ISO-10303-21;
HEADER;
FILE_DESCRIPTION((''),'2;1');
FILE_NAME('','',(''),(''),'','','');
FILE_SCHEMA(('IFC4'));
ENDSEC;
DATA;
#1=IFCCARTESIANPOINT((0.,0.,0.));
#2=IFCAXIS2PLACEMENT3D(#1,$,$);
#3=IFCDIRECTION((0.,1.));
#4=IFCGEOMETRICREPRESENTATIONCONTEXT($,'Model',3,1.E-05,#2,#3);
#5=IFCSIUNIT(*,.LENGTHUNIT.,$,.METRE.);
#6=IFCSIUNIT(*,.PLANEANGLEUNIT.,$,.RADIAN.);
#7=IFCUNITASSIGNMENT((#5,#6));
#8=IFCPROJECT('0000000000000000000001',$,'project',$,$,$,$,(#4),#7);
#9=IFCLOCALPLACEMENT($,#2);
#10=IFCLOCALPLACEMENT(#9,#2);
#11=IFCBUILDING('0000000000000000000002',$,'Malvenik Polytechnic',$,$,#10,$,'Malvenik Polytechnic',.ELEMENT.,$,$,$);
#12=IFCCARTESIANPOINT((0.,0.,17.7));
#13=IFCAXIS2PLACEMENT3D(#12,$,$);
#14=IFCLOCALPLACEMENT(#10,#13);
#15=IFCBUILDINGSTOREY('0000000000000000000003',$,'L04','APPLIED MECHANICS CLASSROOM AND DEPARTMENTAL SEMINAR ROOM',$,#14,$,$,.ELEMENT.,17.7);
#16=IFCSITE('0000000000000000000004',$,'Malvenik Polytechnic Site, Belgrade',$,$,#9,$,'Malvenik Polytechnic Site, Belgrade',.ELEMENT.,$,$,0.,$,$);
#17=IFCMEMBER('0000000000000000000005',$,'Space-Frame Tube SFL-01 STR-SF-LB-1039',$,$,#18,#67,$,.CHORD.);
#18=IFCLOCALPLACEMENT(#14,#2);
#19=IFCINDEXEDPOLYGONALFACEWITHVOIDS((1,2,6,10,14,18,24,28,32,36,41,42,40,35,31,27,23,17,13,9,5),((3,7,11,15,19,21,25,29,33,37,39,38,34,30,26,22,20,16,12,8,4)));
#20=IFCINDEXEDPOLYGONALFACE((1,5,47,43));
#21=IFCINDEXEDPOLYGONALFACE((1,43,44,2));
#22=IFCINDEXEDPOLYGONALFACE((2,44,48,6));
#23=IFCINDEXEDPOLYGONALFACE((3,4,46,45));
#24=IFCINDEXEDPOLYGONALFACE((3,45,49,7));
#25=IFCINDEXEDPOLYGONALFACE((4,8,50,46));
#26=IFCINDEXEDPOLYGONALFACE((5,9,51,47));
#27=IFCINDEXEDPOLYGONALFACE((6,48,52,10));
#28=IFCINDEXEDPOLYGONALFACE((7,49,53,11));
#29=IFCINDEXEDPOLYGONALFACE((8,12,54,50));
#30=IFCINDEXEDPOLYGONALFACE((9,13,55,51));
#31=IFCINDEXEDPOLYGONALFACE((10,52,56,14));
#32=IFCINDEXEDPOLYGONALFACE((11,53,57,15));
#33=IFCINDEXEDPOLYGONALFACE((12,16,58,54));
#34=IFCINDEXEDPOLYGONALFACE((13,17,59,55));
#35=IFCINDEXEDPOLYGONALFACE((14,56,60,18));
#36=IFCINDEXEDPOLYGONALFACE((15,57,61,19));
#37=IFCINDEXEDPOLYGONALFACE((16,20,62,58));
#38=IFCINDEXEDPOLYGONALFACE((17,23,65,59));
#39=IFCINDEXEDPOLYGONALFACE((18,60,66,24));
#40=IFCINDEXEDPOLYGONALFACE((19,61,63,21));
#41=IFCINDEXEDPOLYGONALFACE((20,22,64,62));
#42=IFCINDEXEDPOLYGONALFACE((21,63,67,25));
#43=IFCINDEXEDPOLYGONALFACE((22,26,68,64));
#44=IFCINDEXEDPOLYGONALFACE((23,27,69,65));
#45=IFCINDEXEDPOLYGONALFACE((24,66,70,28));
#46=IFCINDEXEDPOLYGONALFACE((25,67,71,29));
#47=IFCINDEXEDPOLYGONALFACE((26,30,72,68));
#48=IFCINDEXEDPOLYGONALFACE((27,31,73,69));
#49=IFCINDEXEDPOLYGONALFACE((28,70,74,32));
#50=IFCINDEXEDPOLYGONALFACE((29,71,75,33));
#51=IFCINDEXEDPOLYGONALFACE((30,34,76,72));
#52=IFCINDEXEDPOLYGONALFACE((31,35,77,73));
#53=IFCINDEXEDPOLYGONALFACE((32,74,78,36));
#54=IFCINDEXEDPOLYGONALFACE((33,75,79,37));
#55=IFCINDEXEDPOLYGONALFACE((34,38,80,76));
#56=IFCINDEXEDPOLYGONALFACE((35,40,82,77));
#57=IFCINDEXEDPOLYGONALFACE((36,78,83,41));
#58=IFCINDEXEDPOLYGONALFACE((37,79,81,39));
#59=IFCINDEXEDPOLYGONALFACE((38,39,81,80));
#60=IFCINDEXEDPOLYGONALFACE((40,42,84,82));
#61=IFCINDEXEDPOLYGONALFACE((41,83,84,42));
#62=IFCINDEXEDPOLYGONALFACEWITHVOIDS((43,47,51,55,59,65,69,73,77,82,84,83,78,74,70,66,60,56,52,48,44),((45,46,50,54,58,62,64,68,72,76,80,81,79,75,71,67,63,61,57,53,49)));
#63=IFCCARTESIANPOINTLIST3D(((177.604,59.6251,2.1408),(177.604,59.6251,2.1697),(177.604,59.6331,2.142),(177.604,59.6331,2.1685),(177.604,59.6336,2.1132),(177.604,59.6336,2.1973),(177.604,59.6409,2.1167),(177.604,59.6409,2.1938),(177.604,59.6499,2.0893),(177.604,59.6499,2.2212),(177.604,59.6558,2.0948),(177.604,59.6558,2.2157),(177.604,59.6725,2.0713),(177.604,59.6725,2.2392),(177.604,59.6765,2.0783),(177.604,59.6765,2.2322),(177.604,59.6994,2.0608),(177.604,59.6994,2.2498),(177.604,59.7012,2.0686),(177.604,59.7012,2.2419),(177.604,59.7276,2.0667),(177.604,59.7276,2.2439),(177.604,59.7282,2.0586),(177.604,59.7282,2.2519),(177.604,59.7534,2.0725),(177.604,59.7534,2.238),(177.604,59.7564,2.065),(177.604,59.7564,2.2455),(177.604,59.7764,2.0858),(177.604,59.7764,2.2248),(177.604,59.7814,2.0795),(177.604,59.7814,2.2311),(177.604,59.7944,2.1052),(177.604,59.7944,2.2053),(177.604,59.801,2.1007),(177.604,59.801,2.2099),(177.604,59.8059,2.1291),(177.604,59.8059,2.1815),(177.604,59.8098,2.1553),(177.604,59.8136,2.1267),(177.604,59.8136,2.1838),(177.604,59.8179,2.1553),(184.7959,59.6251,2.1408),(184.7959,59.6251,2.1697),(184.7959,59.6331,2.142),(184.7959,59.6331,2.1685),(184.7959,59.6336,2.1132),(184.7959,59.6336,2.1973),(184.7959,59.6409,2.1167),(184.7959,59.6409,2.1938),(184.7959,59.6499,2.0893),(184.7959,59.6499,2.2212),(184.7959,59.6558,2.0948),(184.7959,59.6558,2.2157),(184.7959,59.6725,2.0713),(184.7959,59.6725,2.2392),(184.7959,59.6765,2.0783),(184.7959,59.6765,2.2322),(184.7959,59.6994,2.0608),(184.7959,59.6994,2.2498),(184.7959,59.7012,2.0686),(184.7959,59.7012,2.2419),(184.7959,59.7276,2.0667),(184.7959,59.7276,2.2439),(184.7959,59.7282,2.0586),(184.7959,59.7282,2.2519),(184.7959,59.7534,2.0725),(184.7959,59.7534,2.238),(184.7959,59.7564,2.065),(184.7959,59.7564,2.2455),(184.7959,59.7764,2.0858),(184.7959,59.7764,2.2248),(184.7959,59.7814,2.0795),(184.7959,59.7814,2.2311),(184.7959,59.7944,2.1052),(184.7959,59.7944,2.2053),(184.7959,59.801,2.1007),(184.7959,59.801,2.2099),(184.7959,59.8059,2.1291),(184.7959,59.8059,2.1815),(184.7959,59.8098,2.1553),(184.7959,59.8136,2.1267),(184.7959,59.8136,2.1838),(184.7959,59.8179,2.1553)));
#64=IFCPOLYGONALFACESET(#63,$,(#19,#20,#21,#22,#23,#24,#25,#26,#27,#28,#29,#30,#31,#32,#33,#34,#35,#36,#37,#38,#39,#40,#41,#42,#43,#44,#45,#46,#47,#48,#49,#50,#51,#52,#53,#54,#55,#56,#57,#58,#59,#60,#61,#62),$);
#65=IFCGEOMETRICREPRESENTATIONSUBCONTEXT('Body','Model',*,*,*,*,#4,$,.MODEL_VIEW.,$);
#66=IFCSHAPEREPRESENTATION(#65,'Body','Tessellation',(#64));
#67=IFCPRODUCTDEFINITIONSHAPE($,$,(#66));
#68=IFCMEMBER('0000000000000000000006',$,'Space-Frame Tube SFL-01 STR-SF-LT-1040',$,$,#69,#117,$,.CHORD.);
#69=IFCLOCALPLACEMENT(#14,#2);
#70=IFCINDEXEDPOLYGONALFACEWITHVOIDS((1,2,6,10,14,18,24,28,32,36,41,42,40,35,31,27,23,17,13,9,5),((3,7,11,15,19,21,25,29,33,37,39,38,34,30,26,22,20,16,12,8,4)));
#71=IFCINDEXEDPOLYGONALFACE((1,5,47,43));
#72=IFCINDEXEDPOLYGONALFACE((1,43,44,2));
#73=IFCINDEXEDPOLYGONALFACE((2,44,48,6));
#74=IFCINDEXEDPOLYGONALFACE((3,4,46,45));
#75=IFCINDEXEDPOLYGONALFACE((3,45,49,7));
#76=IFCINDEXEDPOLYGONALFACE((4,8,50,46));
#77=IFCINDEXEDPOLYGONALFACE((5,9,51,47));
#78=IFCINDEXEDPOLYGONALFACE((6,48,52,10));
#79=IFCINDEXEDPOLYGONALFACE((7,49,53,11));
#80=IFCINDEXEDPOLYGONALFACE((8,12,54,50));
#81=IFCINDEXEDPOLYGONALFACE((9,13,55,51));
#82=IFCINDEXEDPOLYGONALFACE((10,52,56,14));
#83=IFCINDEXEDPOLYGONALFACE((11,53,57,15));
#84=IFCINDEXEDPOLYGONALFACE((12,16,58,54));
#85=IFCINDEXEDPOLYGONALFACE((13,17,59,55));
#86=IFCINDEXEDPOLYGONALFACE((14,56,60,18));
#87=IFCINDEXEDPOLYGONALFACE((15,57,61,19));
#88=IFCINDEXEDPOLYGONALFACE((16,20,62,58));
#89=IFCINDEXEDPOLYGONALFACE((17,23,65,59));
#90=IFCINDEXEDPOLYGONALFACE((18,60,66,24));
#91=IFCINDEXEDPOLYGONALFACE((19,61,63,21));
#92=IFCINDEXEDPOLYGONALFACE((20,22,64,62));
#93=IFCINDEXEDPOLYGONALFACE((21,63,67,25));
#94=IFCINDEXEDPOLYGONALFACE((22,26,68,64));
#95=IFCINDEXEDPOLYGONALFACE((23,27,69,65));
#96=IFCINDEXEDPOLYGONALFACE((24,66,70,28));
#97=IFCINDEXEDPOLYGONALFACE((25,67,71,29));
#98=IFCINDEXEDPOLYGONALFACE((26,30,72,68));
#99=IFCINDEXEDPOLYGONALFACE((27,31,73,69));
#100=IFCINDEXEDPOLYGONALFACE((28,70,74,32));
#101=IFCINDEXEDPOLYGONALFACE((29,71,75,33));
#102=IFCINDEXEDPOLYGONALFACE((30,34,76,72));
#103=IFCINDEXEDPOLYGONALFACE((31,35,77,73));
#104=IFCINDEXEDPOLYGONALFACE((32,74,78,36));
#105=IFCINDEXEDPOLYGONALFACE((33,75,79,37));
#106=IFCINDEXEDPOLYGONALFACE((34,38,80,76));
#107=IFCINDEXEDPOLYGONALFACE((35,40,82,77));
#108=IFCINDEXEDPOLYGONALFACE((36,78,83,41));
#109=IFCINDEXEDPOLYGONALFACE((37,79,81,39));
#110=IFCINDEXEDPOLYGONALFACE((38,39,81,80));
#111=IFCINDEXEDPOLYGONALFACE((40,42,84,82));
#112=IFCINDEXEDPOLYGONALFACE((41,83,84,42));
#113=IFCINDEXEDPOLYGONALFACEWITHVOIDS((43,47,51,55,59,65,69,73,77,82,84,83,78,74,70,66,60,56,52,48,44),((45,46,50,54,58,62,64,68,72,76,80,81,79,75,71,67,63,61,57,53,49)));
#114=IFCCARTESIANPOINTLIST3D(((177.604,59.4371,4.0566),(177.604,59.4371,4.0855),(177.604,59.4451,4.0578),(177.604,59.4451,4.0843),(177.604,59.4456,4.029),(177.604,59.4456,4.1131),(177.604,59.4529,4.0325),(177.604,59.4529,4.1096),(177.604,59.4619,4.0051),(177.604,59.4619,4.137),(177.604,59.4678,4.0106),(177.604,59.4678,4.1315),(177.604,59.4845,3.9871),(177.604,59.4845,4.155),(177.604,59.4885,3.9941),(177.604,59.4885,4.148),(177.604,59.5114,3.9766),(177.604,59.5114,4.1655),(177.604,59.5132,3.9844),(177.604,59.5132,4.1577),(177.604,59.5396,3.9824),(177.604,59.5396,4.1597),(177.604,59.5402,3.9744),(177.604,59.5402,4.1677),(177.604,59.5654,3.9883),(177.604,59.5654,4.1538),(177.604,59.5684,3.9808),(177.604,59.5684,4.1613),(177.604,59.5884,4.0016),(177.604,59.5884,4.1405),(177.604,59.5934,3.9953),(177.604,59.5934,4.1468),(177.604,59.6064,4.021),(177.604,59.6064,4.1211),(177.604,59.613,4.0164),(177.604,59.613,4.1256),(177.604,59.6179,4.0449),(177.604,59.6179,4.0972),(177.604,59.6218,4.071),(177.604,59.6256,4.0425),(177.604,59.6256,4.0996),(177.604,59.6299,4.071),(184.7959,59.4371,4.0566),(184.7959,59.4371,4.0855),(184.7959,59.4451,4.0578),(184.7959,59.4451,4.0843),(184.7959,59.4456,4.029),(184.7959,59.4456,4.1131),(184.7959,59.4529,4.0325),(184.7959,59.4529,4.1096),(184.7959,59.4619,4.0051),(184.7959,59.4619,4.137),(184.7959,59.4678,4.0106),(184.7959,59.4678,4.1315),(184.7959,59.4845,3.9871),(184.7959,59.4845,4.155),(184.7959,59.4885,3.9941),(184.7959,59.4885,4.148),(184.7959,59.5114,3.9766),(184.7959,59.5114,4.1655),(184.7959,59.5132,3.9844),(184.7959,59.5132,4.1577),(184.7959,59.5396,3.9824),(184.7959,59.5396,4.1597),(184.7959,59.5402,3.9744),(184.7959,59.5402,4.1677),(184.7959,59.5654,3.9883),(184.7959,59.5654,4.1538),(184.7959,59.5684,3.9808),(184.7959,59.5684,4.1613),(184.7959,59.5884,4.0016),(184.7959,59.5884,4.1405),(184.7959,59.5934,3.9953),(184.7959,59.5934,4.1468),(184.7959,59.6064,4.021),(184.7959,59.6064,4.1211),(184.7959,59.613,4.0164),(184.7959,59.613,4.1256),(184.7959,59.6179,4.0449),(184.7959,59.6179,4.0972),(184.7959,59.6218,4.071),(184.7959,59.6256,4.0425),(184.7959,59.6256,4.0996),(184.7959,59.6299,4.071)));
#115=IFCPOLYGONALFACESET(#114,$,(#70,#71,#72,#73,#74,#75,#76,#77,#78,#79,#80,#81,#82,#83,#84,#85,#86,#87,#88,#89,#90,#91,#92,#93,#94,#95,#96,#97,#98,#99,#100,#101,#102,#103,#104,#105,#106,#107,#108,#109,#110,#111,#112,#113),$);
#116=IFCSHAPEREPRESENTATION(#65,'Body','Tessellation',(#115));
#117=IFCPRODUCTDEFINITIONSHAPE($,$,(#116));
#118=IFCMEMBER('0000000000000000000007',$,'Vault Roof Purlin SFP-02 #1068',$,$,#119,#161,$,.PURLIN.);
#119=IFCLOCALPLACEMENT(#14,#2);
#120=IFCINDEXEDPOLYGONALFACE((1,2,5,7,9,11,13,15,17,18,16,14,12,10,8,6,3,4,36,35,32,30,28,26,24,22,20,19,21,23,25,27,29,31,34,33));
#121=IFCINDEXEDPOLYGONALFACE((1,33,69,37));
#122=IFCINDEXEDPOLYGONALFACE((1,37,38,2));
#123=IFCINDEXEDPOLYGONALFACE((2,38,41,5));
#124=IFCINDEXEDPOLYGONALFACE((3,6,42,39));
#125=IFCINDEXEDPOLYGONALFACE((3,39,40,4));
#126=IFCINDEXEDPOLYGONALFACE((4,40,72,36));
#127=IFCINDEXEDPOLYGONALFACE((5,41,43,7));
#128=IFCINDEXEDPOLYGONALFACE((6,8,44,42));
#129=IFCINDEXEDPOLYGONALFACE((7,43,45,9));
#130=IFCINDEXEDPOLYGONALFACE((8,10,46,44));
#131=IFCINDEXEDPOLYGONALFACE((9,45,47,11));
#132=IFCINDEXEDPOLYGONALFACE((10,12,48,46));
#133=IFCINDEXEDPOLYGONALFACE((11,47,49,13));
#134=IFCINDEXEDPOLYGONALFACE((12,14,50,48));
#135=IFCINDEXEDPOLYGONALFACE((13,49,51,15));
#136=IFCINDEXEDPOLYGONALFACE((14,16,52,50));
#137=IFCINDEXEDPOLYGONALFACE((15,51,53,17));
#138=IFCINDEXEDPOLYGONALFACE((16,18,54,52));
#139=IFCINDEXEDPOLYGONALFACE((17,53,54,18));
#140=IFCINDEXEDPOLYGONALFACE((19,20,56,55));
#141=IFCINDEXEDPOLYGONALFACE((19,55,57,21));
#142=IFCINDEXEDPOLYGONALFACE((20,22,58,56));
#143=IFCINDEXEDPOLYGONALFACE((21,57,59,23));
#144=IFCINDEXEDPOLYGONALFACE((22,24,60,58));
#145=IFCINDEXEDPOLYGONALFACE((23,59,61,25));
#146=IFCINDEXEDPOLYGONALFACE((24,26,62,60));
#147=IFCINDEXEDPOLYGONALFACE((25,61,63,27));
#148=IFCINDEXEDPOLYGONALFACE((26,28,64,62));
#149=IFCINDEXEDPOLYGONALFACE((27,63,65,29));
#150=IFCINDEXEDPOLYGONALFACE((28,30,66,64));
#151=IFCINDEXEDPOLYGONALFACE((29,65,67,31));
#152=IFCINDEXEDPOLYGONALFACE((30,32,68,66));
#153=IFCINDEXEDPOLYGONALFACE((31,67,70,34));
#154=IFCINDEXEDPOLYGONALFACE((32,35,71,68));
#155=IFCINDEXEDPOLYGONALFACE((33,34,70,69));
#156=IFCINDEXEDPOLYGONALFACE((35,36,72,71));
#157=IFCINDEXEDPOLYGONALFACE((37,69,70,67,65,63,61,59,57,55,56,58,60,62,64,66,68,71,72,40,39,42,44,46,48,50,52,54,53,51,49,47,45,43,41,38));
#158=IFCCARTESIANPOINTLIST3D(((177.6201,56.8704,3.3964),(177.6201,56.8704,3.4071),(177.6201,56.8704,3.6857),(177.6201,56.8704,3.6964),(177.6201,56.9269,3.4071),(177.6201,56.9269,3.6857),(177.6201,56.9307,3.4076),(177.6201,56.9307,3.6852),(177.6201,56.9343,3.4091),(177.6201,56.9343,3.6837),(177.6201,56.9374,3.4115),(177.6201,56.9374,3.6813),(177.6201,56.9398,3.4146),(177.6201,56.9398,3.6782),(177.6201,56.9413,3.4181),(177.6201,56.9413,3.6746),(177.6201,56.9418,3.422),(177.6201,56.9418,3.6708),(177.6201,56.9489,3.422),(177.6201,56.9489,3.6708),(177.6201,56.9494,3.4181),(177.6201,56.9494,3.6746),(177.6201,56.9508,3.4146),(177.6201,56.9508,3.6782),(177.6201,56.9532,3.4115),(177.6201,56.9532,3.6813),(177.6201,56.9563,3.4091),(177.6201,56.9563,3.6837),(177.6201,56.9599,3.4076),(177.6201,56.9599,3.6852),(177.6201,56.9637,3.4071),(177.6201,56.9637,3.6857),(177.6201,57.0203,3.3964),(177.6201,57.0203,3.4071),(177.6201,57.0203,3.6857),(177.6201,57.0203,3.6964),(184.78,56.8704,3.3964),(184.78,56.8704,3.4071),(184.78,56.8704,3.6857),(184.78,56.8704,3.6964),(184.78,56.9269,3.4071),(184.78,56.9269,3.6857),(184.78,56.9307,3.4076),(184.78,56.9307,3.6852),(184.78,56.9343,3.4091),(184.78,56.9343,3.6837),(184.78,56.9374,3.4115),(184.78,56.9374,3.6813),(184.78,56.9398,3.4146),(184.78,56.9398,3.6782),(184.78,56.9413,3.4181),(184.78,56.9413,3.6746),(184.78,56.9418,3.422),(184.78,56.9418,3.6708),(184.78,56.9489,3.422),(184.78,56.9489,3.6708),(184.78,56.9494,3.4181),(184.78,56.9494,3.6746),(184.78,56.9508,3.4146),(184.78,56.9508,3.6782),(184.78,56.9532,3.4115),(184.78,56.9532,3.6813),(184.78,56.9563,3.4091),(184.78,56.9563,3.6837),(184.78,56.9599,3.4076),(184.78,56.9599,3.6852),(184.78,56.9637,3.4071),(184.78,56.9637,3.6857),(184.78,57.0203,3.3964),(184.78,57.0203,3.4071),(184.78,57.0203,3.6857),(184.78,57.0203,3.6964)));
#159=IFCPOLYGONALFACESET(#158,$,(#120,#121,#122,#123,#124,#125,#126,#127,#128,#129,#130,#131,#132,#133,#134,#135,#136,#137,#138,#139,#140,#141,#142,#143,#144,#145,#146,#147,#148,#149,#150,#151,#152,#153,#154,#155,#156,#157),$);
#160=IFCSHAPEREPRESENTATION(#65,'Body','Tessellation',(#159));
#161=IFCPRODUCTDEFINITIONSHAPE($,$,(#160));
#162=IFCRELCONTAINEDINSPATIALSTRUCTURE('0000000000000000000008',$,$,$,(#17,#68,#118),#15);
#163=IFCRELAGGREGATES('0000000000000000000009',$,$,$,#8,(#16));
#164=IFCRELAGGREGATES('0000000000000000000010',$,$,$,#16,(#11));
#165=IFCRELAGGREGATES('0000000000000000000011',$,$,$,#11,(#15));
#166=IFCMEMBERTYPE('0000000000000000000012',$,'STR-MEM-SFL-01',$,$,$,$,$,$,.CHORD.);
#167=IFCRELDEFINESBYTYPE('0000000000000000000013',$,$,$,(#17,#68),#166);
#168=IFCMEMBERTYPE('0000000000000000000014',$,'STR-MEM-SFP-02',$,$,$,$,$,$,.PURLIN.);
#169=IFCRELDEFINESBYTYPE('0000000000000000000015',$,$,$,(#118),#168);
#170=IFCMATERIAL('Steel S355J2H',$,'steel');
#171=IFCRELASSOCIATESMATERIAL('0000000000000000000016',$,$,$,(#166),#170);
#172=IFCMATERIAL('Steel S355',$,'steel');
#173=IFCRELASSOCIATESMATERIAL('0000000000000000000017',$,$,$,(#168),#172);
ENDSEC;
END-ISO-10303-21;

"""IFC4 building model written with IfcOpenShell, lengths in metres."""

from ifc_helpers import new_model, si_unit, direction, frame, origin, origin_2d, place, context, subcontext, project, spatial, hollow_circle, i_section, extrude, material, material_profile, profile_set, type_object, element, save


model = new_model("IFC4")

# Units and contexts
model_context = context("Model", 3, precision=1e-05, world=origin(), true_north=direction((0.0, 1.0)))
body_context = subcontext(model_context, "Body", "Model", "MODEL_VIEW")
ifc_project = project(units=[si_unit("LENGTHUNIT", "METRE"), si_unit("PLANEANGLEUNIT", "RADIAN")], contexts=[model_context])

# Site, building, storey
site_placement = place(None, origin())
site = spatial("IfcSite", under=ifc_project, at=site_placement, Name="Malvenik Polytechnic Site, Belgrade", LongName="Malvenik Polytechnic Site, Belgrade", CompositionType="ELEMENT", RefElevation=0.0)
building_placement = place(site_placement, origin())
building = spatial("IfcBuilding", under=site, at=building_placement, Name="Malvenik Polytechnic", LongName="Malvenik Polytechnic", CompositionType="ELEMENT")
storey_placement = place(building_placement, frame((0.0, 0.0, 17.7)))
storey = spatial("IfcBuildingStorey", under=building, at=storey_placement, Name="L04", Description="APPLIED MECHANICS CLASSROOM AND DEPARTMENTAL SEMINAR ROOM", CompositionType="ELEMENT", Elevation=17.7)

# Members
ifc_material_1 = material(Name="Steel S355J2H", Category="steel")
ifc_material_profile_1 = material_profile(ifc_material_1, hollow_circle(Radius=0.0969, WallThickness=0.0081, at=origin_2d()), Name="CHS 193.7x8.0")
ifc_profile_set_1 = profile_set([ifc_material_profile_1], Name="Steel S355J2H")
member_type_1 = type_object("IfcMemberType", Name="STR-MEM-SFL-01", PredefinedType="CHORD", material=ifc_profile_set_1)
for number, where, z_axis, x_axis, name in (
    (1, (177.604, 59.7209, 2.1553), (1.0, 0.0, 0.0), (0.0, 1.0, 0.0), "Space-Frame Tube SFL-01 STR-SF-LB-1039"),
    (2, (177.604, 59.533, 4.071), (1.0, 0.0, 0.0), (0.0, 1.0, 0.0), "Space-Frame Tube SFL-01 STR-SF-LT-1040"),
):
    element("IfcMember", number, at=place(storey_placement, frame(where, z_axis=z_axis, x_axis=x_axis)), inside=storey, type_object=member_type_1, Name=name, PredefinedType="CHORD", context=body_context, shape_type="SweptSolid", body=[
        extrude(hollow_circle(Radius=0.0969, WallThickness=0.0081, at=origin_2d()), origin(), (0.0, 0.0, 1.0), 7.1919),
    ])
ifc_material_2 = material(Name="Steel S355", Category="steel")
ifc_material_profile_2 = material_profile(ifc_material_2, i_section(OverallWidth=0.1499, OverallDepth=0.3, WebThickness=0.0071, FlangeThickness=0.0107, FilletRadius=0.0149, at=origin_2d()), Name="IPE 300")
ifc_profile_set_2 = profile_set([ifc_material_profile_2], Name="Steel S355")
member_type_2 = type_object("IfcMemberType", Name="STR-MEM-SFP-02", PredefinedType="PURLIN", material=ifc_profile_set_2)
member_1_placement = place(storey_placement, frame((177.6201, 56.9453, 3.5464), z_axis=(1.0, 0.0, 0.0), x_axis=(0.0, 1.0, 0.0)))
element("IfcMember", 3, at=member_1_placement, inside=storey, type_object=member_type_2, Name="Vault Roof Purlin SFP-02 #1068", PredefinedType="PURLIN", context=body_context, shape_type="SweptSolid", body=[
    extrude(i_section(OverallWidth=0.1499, OverallDepth=0.3, WebThickness=0.0071, FlangeThickness=0.0107, FilletRadius=0.0149, at=origin_2d()), origin(), (0.0, 0.0, 1.0), 7.1599),
])

save(model, "model.ifc")
